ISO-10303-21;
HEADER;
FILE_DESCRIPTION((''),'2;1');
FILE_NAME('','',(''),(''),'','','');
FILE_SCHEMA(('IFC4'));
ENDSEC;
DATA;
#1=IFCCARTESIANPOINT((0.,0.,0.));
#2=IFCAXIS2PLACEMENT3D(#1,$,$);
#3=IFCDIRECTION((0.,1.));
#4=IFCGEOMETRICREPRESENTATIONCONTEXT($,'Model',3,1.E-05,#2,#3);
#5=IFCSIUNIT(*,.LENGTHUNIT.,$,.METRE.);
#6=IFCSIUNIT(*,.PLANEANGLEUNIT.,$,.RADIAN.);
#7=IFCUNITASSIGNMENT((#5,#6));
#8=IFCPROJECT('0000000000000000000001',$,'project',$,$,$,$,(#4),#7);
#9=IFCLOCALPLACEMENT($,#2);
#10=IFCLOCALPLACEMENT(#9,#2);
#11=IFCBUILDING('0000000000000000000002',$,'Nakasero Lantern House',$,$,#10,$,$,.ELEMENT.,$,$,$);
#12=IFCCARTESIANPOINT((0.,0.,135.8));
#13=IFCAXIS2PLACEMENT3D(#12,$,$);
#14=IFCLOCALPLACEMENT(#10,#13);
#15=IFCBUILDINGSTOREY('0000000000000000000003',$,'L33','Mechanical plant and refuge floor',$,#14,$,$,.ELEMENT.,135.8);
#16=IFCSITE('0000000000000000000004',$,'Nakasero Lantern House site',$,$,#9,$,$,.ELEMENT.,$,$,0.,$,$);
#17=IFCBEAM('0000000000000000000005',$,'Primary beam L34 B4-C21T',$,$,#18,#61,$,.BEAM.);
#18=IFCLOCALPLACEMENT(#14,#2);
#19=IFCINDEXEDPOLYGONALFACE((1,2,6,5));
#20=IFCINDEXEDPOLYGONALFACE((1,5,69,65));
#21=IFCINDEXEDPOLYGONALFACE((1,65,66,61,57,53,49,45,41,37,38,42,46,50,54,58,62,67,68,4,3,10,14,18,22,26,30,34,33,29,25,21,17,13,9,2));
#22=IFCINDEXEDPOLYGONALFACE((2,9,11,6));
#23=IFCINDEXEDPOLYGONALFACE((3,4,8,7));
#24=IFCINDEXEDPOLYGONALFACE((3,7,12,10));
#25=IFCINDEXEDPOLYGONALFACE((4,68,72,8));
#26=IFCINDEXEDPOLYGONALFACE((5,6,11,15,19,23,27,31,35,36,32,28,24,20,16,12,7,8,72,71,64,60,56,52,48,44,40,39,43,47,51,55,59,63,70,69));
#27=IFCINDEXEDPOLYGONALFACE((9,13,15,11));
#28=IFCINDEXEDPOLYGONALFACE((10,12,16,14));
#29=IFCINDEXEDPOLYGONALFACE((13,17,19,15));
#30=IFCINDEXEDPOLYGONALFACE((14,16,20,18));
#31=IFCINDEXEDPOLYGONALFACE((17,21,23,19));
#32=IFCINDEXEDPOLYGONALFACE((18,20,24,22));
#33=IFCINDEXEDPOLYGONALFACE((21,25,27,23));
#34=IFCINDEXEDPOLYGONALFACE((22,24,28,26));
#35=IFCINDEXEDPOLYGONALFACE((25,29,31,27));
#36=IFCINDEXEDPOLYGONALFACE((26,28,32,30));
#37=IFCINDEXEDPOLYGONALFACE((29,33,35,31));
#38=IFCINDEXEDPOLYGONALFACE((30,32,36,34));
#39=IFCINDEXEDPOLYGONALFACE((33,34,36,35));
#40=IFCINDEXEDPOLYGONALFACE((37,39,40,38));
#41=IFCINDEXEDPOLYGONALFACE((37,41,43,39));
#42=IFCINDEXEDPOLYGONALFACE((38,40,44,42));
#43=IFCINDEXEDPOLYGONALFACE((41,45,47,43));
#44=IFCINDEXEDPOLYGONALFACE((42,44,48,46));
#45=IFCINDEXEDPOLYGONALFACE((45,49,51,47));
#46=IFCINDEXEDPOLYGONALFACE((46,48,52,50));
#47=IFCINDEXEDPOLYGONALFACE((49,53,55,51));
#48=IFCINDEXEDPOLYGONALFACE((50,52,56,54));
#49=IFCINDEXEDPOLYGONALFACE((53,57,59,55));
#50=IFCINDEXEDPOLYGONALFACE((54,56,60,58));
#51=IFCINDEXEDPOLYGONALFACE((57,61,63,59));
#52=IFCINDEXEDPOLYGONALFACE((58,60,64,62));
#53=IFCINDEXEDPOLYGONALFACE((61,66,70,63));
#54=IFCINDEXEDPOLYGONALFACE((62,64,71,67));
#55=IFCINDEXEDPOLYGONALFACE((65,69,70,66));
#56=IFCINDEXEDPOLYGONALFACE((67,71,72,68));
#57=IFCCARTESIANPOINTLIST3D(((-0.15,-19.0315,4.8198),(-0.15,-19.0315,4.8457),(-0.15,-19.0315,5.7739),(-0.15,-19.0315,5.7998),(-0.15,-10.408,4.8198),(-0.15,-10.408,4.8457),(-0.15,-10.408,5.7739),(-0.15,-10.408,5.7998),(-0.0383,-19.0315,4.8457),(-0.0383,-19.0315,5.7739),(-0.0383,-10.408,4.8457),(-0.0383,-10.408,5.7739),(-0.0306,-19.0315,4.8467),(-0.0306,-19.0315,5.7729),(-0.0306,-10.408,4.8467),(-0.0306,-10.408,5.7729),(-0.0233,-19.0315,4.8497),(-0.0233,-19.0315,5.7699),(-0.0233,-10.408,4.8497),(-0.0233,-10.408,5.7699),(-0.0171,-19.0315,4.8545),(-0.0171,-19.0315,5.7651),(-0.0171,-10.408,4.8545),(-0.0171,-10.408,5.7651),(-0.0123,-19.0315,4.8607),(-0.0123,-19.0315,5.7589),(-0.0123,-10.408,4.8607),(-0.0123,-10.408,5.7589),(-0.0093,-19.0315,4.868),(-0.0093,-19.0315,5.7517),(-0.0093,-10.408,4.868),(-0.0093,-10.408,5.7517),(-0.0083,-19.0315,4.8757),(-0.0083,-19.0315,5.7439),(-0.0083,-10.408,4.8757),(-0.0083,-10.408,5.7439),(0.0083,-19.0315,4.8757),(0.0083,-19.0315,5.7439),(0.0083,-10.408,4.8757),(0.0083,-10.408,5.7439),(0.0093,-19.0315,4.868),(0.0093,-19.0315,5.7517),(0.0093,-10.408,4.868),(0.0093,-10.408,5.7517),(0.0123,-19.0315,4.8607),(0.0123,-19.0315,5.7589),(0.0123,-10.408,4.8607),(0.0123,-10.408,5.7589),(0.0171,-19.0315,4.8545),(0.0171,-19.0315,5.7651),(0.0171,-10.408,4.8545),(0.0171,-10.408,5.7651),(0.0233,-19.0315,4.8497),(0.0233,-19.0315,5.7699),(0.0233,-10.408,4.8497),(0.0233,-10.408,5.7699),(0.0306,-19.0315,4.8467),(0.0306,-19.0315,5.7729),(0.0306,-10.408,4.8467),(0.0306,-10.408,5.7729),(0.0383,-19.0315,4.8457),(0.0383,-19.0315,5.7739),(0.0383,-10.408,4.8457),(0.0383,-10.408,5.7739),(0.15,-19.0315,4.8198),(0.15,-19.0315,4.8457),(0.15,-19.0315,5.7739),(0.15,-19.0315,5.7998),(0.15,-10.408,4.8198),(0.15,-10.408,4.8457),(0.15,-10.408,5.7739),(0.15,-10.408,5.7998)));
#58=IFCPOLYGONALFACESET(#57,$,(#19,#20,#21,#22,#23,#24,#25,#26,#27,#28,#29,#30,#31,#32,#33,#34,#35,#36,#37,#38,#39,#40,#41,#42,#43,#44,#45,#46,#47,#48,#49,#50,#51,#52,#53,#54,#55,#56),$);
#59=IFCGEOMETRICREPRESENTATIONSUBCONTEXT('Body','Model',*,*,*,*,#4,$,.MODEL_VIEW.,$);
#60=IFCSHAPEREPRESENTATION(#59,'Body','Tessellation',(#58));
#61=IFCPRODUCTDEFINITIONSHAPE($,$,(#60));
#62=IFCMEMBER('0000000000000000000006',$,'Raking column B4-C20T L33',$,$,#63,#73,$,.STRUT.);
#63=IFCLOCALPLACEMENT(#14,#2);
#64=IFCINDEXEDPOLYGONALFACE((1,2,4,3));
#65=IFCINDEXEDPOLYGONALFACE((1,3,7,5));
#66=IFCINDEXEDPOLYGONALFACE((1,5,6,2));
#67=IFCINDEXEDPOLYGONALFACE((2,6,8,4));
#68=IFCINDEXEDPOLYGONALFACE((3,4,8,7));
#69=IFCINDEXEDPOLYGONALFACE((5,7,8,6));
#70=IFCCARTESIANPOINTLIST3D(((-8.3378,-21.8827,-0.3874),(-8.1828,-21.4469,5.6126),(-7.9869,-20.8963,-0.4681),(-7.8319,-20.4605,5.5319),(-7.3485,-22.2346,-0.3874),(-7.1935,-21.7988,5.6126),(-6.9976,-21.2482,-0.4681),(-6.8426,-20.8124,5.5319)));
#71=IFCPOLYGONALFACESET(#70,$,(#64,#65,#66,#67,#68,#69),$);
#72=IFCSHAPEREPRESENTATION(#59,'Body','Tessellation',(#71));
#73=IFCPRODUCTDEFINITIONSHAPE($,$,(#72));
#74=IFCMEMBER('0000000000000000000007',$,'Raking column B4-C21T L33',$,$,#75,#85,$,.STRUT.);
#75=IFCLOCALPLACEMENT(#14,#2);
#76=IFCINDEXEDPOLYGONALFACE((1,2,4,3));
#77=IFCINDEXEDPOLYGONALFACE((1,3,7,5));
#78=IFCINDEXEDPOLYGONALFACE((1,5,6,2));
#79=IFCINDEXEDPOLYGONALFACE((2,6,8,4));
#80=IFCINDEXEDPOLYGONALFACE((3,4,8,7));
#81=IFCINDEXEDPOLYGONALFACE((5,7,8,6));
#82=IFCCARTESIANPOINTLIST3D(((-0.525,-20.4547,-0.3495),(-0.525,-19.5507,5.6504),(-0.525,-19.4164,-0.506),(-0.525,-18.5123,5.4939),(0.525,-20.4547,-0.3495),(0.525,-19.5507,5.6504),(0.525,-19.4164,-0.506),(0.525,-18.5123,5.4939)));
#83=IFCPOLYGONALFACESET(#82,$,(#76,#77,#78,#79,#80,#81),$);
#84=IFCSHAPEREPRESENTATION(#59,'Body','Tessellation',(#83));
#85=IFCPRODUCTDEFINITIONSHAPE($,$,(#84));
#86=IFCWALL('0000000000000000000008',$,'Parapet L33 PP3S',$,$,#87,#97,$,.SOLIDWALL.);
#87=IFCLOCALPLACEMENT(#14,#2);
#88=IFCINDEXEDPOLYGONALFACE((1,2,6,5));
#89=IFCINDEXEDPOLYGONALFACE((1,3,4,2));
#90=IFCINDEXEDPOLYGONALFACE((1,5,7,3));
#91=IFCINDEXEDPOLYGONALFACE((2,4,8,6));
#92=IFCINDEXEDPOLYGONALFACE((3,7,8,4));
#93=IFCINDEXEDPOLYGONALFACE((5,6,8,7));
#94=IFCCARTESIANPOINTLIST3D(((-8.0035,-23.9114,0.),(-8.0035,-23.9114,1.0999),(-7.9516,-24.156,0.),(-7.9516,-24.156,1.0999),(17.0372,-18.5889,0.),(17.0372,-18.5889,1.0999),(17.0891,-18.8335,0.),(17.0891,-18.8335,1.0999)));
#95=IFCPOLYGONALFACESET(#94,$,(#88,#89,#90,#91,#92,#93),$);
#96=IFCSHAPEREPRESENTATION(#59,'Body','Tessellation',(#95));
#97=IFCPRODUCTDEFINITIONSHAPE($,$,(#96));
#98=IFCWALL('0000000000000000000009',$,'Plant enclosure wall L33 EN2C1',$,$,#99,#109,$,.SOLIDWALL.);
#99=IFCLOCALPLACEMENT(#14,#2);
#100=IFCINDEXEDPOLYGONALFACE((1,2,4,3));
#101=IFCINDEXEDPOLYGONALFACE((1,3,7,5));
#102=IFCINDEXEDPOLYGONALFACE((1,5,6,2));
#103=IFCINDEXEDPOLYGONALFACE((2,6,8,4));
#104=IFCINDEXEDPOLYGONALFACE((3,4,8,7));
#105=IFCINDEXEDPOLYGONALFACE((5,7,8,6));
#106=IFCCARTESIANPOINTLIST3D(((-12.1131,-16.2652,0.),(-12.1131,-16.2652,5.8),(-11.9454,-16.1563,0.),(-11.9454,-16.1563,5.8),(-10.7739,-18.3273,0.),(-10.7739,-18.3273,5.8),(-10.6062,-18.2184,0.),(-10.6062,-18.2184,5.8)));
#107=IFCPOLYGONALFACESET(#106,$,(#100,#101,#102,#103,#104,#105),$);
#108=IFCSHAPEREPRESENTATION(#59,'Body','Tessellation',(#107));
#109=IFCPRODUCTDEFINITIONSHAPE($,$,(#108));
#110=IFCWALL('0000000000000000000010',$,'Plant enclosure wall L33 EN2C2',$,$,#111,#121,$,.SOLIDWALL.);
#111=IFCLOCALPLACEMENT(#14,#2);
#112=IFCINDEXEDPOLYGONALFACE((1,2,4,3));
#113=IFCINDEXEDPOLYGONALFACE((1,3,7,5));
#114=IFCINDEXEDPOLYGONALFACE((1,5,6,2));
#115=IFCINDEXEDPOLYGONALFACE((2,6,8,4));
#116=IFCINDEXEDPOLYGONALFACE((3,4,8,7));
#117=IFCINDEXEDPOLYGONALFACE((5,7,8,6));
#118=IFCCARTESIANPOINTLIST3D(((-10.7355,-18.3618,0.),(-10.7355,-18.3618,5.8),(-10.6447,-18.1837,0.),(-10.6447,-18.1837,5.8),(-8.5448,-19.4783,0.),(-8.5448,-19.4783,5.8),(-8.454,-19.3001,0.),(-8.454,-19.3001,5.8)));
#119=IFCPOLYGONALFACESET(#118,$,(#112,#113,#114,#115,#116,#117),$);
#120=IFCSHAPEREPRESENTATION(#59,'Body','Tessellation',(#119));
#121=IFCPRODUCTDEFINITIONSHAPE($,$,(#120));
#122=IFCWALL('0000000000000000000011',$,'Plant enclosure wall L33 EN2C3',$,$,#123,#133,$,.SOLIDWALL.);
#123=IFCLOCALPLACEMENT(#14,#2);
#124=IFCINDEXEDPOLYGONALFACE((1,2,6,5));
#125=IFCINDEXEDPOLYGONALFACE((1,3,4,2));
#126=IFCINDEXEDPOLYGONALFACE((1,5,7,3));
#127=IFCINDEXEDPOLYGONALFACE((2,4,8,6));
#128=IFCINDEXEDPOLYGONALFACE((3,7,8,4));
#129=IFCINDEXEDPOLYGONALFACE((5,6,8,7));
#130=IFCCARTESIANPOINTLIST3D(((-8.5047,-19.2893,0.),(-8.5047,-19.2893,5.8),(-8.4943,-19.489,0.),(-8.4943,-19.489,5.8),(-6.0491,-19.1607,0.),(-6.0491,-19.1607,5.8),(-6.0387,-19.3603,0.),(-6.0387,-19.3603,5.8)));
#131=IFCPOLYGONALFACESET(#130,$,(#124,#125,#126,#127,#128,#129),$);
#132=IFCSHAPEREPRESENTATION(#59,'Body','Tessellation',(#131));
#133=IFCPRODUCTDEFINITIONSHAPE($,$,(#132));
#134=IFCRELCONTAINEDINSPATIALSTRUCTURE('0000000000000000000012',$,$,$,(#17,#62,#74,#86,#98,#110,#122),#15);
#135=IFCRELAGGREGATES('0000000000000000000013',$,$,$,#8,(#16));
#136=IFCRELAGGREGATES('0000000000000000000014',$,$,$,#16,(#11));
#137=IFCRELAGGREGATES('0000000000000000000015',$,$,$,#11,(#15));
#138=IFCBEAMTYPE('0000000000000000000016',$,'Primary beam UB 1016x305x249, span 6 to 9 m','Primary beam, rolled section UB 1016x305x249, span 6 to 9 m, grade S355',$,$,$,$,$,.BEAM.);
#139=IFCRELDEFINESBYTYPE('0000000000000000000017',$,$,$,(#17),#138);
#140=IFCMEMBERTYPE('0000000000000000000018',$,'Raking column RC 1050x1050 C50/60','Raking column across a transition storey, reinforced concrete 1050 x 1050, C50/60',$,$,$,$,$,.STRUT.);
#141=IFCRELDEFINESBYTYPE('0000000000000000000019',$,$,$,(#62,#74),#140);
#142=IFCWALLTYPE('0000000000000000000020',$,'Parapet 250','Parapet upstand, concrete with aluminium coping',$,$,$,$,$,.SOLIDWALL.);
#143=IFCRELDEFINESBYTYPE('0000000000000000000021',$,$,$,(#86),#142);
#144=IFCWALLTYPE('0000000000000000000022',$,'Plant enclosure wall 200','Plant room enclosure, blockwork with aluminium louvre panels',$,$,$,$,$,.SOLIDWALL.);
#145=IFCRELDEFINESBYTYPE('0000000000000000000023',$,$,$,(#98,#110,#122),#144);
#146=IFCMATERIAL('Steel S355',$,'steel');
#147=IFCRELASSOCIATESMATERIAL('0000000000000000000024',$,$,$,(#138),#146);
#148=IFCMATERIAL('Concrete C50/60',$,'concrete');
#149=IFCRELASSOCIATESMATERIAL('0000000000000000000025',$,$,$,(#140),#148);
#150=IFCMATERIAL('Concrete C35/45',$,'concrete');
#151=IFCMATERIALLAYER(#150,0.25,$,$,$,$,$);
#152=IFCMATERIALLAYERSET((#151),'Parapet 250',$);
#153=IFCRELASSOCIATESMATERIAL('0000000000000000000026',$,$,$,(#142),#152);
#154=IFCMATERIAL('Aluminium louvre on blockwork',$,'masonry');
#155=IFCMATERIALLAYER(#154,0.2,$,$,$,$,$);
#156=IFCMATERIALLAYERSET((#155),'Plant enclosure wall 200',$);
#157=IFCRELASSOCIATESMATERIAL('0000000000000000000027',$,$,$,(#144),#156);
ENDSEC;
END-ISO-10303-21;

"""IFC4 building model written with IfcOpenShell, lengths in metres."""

from ifc_helpers import new_model, si_unit, direction, frame, frame_2d, origin, origin_2d, place, context, subcontext, project, spatial, rectangle, i_section, extrude, material, layer, layer_set, material_profile, profile_set, type_object, element, save


model = new_model("IFC4")

# Units and contexts
model_context = context("Model", 3, precision=1e-05, world=origin(), true_north=direction((0.0, 1.0)))
body_context = subcontext(model_context, "Body", "Model", "MODEL_VIEW")
ifc_project = project(units=[si_unit("LENGTHUNIT", "METRE"), si_unit("PLANEANGLEUNIT", "RADIAN")], contexts=[model_context])

# Site, building, storey
site_placement = place(None, origin())
site = spatial("IfcSite", under=ifc_project, at=site_placement, Name="Nakasero Lantern House site", CompositionType="ELEMENT", RefElevation=0.0)
building_placement = place(site_placement, origin())
building = spatial("IfcBuilding", under=site, at=building_placement, Name="Nakasero Lantern House", CompositionType="ELEMENT")
storey_placement = place(building_placement, frame((0.0, 0.0, 135.8)))
storey = spatial("IfcBuildingStorey", under=building, at=storey_placement, Name="L33", Description="Mechanical plant and refuge floor", CompositionType="ELEMENT", Elevation=135.8)

# Beam
ifc_material_1 = material(Name="Steel S355", Category="steel")
ifc_material_profile_1 = material_profile(ifc_material_1, i_section(OverallWidth=0.3, OverallDepth=0.98, WebThickness=0.0166, FlangeThickness=0.0259, FilletRadius=0.03, at=origin_2d()), Name="UB 1016x305x249")
ifc_profile_set_1 = profile_set([ifc_material_profile_1], Name="Steel S355")
beam_type_1 = type_object("IfcBeamType", Name="Primary beam UB 1016x305x249, span 6 to 9 m", Description="Primary beam, rolled section UB 1016x305x249, span 6 to 9 m, grade S355", PredefinedType="BEAM", material=ifc_profile_set_1)
beam_1_placement = place(storey_placement, frame((0.0, -19.0315, 5.3098), z_axis=(0.0, 1.0, 0.0), x_axis=(-1.0, 0.0, 0.0)))
element("IfcBeam", 1, at=beam_1_placement, inside=storey, type_object=beam_type_1, Name="Primary beam L34 B4-C21T", PredefinedType="BEAM", context=body_context, shape_type="SweptSolid", body=[
    extrude(i_section(OverallWidth=0.3, OverallDepth=0.98, WebThickness=0.0166, FlangeThickness=0.0259, FilletRadius=0.03, at=origin_2d()), origin(), (0.0, 0.0, 1.0), 8.6235),
])

# Members
ifc_material_2 = material(Name="Concrete C50/60", Category="concrete")
ifc_material_profile_2 = material_profile(ifc_material_2, rectangle(XDim=1.05, YDim=1.05, at=origin_2d()), Name="RC 1050x1050")
ifc_profile_set_2 = profile_set([ifc_material_profile_2], Name="Concrete C50/60")
member_type_1 = type_object("IfcMemberType", Name="Raking column RC 1050x1050 C50/60", Description="Raking column across a transition storey, reinforced concrete 1050 x 1050, C50/60", PredefinedType="STRUT", material=ifc_profile_set_2)
member_1_placement = place(storey_placement, frame((-7.6677, -21.5654, -0.4277), z_axis=(0.025762, 0.072417, 0.997042), x_axis=(-0.942159, 0.335166, 0.0)))
element("IfcMember", 2, at=member_1_placement, inside=storey, type_object=member_type_1, Name="Raking column B4-C20T L33", PredefinedType="STRUT", context=body_context, shape_type="SweptSolid", body=[
    extrude(rectangle(XDim=1.05, YDim=1.05, at=origin_2d()), origin(), (0.0, 0.0, 1.0), 6.0178),
])
member_2_placement = place(storey_placement, frame((0.0, -19.9355, -0.4277), z_axis=(0.0, 0.148994, 0.988838), x_axis=(-1.0, 0.0, 0.0)))
element("IfcMember", 3, at=member_2_placement, inside=storey, type_object=member_type_1, Name="Raking column B4-C21T L33", PredefinedType="STRUT", context=body_context, shape_type="SweptSolid", body=[
    extrude(rectangle(XDim=1.05, YDim=1.05, at=origin_2d()), origin(), (0.0, 0.0, 1.0), 6.0676),
])

# Walls
ifc_material_3 = material(Name="Concrete C35/45", Category="concrete")
ifc_layer_1 = layer(ifc_material_3, 0.25)
ifc_layer_set_1 = layer_set([ifc_layer_1], Name="Parapet 250")
wall_type_1 = type_object("IfcWallType", Name="Parapet 250", Description="Parapet upstand, concrete with aluminium coping", PredefinedType="SOLIDWALL", material=ifc_layer_set_1)
wall_1_placement = place(storey_placement, frame((-7.9775, -24.0337, 0.0), z_axis=(0.0, 0.0, 1.0), x_axis=(0.978148, 0.207909, 0.0)))
element("IfcWall", 4, at=wall_1_placement, inside=storey, type_object=wall_type_1, Name="Parapet L33 PP3S", PredefinedType="SOLIDWALL", context=body_context, shape_type="SweptSolid", body=[
    extrude(rectangle(XDim=25.6001, YDim=0.25, at=frame_2d((12.8, 0.0))), origin(), (0.0, 0.0, 1.0), 1.0999),
])
ifc_material_4 = material(Name="Aluminium louvre on blockwork", Category="masonry")
ifc_layer_2 = layer(ifc_material_4, 0.2)
ifc_layer_set_2 = layer_set([ifc_layer_2], Name="Plant enclosure wall 200")
wall_type_2 = type_object("IfcWallType", Name="Plant enclosure wall 200", Description="Plant room enclosure, blockwork with aluminium louvre panels", PredefinedType="SOLIDWALL", material=ifc_layer_set_2)
for number, where, z_axis, x_axis, name in (
    (5, (-12.0293, -16.2107, 0.0), (0.0, 0.0, 1.0), (0.544646, -0.838666, 0.0), "Plant enclosure wall L33 EN2C1"),
    (6, (-10.6902, -18.2727, 0.0), (0.0, 0.0, 1.0), (0.890965, -0.454072, 0.0), "Plant enclosure wall L33 EN2C2"),
):
    element("IfcWall", number, at=place(storey_placement, frame(where, z_axis=z_axis, x_axis=x_axis)), inside=storey, type_object=wall_type_2, Name=name, PredefinedType="SOLIDWALL", context=body_context, shape_type="SweptSolid", body=[
        extrude(rectangle(XDim=2.4587, YDim=0.2, at=frame_2d((1.2295, 0.0))), origin(), (0.0, 0.0, 1.0), 5.8),
    ])
wall_2_placement = place(storey_placement, frame((-8.4995, -19.3892, 0.0), z_axis=(0.0, 0.0, 1.0), x_axis=(0.99863, 0.052324, 0.0)))
element("IfcWall", 7, at=wall_2_placement, inside=storey, type_object=wall_type_2, Name="Plant enclosure wall L33 EN2C3", PredefinedType="SOLIDWALL", context=body_context, shape_type="SweptSolid", body=[
    extrude(rectangle(XDim=2.459, YDim=0.2, at=frame_2d((1.2295, 0.0))), origin(), (0.0, 0.0, 1.0), 5.8),
])

save(model, "model.ifc")
